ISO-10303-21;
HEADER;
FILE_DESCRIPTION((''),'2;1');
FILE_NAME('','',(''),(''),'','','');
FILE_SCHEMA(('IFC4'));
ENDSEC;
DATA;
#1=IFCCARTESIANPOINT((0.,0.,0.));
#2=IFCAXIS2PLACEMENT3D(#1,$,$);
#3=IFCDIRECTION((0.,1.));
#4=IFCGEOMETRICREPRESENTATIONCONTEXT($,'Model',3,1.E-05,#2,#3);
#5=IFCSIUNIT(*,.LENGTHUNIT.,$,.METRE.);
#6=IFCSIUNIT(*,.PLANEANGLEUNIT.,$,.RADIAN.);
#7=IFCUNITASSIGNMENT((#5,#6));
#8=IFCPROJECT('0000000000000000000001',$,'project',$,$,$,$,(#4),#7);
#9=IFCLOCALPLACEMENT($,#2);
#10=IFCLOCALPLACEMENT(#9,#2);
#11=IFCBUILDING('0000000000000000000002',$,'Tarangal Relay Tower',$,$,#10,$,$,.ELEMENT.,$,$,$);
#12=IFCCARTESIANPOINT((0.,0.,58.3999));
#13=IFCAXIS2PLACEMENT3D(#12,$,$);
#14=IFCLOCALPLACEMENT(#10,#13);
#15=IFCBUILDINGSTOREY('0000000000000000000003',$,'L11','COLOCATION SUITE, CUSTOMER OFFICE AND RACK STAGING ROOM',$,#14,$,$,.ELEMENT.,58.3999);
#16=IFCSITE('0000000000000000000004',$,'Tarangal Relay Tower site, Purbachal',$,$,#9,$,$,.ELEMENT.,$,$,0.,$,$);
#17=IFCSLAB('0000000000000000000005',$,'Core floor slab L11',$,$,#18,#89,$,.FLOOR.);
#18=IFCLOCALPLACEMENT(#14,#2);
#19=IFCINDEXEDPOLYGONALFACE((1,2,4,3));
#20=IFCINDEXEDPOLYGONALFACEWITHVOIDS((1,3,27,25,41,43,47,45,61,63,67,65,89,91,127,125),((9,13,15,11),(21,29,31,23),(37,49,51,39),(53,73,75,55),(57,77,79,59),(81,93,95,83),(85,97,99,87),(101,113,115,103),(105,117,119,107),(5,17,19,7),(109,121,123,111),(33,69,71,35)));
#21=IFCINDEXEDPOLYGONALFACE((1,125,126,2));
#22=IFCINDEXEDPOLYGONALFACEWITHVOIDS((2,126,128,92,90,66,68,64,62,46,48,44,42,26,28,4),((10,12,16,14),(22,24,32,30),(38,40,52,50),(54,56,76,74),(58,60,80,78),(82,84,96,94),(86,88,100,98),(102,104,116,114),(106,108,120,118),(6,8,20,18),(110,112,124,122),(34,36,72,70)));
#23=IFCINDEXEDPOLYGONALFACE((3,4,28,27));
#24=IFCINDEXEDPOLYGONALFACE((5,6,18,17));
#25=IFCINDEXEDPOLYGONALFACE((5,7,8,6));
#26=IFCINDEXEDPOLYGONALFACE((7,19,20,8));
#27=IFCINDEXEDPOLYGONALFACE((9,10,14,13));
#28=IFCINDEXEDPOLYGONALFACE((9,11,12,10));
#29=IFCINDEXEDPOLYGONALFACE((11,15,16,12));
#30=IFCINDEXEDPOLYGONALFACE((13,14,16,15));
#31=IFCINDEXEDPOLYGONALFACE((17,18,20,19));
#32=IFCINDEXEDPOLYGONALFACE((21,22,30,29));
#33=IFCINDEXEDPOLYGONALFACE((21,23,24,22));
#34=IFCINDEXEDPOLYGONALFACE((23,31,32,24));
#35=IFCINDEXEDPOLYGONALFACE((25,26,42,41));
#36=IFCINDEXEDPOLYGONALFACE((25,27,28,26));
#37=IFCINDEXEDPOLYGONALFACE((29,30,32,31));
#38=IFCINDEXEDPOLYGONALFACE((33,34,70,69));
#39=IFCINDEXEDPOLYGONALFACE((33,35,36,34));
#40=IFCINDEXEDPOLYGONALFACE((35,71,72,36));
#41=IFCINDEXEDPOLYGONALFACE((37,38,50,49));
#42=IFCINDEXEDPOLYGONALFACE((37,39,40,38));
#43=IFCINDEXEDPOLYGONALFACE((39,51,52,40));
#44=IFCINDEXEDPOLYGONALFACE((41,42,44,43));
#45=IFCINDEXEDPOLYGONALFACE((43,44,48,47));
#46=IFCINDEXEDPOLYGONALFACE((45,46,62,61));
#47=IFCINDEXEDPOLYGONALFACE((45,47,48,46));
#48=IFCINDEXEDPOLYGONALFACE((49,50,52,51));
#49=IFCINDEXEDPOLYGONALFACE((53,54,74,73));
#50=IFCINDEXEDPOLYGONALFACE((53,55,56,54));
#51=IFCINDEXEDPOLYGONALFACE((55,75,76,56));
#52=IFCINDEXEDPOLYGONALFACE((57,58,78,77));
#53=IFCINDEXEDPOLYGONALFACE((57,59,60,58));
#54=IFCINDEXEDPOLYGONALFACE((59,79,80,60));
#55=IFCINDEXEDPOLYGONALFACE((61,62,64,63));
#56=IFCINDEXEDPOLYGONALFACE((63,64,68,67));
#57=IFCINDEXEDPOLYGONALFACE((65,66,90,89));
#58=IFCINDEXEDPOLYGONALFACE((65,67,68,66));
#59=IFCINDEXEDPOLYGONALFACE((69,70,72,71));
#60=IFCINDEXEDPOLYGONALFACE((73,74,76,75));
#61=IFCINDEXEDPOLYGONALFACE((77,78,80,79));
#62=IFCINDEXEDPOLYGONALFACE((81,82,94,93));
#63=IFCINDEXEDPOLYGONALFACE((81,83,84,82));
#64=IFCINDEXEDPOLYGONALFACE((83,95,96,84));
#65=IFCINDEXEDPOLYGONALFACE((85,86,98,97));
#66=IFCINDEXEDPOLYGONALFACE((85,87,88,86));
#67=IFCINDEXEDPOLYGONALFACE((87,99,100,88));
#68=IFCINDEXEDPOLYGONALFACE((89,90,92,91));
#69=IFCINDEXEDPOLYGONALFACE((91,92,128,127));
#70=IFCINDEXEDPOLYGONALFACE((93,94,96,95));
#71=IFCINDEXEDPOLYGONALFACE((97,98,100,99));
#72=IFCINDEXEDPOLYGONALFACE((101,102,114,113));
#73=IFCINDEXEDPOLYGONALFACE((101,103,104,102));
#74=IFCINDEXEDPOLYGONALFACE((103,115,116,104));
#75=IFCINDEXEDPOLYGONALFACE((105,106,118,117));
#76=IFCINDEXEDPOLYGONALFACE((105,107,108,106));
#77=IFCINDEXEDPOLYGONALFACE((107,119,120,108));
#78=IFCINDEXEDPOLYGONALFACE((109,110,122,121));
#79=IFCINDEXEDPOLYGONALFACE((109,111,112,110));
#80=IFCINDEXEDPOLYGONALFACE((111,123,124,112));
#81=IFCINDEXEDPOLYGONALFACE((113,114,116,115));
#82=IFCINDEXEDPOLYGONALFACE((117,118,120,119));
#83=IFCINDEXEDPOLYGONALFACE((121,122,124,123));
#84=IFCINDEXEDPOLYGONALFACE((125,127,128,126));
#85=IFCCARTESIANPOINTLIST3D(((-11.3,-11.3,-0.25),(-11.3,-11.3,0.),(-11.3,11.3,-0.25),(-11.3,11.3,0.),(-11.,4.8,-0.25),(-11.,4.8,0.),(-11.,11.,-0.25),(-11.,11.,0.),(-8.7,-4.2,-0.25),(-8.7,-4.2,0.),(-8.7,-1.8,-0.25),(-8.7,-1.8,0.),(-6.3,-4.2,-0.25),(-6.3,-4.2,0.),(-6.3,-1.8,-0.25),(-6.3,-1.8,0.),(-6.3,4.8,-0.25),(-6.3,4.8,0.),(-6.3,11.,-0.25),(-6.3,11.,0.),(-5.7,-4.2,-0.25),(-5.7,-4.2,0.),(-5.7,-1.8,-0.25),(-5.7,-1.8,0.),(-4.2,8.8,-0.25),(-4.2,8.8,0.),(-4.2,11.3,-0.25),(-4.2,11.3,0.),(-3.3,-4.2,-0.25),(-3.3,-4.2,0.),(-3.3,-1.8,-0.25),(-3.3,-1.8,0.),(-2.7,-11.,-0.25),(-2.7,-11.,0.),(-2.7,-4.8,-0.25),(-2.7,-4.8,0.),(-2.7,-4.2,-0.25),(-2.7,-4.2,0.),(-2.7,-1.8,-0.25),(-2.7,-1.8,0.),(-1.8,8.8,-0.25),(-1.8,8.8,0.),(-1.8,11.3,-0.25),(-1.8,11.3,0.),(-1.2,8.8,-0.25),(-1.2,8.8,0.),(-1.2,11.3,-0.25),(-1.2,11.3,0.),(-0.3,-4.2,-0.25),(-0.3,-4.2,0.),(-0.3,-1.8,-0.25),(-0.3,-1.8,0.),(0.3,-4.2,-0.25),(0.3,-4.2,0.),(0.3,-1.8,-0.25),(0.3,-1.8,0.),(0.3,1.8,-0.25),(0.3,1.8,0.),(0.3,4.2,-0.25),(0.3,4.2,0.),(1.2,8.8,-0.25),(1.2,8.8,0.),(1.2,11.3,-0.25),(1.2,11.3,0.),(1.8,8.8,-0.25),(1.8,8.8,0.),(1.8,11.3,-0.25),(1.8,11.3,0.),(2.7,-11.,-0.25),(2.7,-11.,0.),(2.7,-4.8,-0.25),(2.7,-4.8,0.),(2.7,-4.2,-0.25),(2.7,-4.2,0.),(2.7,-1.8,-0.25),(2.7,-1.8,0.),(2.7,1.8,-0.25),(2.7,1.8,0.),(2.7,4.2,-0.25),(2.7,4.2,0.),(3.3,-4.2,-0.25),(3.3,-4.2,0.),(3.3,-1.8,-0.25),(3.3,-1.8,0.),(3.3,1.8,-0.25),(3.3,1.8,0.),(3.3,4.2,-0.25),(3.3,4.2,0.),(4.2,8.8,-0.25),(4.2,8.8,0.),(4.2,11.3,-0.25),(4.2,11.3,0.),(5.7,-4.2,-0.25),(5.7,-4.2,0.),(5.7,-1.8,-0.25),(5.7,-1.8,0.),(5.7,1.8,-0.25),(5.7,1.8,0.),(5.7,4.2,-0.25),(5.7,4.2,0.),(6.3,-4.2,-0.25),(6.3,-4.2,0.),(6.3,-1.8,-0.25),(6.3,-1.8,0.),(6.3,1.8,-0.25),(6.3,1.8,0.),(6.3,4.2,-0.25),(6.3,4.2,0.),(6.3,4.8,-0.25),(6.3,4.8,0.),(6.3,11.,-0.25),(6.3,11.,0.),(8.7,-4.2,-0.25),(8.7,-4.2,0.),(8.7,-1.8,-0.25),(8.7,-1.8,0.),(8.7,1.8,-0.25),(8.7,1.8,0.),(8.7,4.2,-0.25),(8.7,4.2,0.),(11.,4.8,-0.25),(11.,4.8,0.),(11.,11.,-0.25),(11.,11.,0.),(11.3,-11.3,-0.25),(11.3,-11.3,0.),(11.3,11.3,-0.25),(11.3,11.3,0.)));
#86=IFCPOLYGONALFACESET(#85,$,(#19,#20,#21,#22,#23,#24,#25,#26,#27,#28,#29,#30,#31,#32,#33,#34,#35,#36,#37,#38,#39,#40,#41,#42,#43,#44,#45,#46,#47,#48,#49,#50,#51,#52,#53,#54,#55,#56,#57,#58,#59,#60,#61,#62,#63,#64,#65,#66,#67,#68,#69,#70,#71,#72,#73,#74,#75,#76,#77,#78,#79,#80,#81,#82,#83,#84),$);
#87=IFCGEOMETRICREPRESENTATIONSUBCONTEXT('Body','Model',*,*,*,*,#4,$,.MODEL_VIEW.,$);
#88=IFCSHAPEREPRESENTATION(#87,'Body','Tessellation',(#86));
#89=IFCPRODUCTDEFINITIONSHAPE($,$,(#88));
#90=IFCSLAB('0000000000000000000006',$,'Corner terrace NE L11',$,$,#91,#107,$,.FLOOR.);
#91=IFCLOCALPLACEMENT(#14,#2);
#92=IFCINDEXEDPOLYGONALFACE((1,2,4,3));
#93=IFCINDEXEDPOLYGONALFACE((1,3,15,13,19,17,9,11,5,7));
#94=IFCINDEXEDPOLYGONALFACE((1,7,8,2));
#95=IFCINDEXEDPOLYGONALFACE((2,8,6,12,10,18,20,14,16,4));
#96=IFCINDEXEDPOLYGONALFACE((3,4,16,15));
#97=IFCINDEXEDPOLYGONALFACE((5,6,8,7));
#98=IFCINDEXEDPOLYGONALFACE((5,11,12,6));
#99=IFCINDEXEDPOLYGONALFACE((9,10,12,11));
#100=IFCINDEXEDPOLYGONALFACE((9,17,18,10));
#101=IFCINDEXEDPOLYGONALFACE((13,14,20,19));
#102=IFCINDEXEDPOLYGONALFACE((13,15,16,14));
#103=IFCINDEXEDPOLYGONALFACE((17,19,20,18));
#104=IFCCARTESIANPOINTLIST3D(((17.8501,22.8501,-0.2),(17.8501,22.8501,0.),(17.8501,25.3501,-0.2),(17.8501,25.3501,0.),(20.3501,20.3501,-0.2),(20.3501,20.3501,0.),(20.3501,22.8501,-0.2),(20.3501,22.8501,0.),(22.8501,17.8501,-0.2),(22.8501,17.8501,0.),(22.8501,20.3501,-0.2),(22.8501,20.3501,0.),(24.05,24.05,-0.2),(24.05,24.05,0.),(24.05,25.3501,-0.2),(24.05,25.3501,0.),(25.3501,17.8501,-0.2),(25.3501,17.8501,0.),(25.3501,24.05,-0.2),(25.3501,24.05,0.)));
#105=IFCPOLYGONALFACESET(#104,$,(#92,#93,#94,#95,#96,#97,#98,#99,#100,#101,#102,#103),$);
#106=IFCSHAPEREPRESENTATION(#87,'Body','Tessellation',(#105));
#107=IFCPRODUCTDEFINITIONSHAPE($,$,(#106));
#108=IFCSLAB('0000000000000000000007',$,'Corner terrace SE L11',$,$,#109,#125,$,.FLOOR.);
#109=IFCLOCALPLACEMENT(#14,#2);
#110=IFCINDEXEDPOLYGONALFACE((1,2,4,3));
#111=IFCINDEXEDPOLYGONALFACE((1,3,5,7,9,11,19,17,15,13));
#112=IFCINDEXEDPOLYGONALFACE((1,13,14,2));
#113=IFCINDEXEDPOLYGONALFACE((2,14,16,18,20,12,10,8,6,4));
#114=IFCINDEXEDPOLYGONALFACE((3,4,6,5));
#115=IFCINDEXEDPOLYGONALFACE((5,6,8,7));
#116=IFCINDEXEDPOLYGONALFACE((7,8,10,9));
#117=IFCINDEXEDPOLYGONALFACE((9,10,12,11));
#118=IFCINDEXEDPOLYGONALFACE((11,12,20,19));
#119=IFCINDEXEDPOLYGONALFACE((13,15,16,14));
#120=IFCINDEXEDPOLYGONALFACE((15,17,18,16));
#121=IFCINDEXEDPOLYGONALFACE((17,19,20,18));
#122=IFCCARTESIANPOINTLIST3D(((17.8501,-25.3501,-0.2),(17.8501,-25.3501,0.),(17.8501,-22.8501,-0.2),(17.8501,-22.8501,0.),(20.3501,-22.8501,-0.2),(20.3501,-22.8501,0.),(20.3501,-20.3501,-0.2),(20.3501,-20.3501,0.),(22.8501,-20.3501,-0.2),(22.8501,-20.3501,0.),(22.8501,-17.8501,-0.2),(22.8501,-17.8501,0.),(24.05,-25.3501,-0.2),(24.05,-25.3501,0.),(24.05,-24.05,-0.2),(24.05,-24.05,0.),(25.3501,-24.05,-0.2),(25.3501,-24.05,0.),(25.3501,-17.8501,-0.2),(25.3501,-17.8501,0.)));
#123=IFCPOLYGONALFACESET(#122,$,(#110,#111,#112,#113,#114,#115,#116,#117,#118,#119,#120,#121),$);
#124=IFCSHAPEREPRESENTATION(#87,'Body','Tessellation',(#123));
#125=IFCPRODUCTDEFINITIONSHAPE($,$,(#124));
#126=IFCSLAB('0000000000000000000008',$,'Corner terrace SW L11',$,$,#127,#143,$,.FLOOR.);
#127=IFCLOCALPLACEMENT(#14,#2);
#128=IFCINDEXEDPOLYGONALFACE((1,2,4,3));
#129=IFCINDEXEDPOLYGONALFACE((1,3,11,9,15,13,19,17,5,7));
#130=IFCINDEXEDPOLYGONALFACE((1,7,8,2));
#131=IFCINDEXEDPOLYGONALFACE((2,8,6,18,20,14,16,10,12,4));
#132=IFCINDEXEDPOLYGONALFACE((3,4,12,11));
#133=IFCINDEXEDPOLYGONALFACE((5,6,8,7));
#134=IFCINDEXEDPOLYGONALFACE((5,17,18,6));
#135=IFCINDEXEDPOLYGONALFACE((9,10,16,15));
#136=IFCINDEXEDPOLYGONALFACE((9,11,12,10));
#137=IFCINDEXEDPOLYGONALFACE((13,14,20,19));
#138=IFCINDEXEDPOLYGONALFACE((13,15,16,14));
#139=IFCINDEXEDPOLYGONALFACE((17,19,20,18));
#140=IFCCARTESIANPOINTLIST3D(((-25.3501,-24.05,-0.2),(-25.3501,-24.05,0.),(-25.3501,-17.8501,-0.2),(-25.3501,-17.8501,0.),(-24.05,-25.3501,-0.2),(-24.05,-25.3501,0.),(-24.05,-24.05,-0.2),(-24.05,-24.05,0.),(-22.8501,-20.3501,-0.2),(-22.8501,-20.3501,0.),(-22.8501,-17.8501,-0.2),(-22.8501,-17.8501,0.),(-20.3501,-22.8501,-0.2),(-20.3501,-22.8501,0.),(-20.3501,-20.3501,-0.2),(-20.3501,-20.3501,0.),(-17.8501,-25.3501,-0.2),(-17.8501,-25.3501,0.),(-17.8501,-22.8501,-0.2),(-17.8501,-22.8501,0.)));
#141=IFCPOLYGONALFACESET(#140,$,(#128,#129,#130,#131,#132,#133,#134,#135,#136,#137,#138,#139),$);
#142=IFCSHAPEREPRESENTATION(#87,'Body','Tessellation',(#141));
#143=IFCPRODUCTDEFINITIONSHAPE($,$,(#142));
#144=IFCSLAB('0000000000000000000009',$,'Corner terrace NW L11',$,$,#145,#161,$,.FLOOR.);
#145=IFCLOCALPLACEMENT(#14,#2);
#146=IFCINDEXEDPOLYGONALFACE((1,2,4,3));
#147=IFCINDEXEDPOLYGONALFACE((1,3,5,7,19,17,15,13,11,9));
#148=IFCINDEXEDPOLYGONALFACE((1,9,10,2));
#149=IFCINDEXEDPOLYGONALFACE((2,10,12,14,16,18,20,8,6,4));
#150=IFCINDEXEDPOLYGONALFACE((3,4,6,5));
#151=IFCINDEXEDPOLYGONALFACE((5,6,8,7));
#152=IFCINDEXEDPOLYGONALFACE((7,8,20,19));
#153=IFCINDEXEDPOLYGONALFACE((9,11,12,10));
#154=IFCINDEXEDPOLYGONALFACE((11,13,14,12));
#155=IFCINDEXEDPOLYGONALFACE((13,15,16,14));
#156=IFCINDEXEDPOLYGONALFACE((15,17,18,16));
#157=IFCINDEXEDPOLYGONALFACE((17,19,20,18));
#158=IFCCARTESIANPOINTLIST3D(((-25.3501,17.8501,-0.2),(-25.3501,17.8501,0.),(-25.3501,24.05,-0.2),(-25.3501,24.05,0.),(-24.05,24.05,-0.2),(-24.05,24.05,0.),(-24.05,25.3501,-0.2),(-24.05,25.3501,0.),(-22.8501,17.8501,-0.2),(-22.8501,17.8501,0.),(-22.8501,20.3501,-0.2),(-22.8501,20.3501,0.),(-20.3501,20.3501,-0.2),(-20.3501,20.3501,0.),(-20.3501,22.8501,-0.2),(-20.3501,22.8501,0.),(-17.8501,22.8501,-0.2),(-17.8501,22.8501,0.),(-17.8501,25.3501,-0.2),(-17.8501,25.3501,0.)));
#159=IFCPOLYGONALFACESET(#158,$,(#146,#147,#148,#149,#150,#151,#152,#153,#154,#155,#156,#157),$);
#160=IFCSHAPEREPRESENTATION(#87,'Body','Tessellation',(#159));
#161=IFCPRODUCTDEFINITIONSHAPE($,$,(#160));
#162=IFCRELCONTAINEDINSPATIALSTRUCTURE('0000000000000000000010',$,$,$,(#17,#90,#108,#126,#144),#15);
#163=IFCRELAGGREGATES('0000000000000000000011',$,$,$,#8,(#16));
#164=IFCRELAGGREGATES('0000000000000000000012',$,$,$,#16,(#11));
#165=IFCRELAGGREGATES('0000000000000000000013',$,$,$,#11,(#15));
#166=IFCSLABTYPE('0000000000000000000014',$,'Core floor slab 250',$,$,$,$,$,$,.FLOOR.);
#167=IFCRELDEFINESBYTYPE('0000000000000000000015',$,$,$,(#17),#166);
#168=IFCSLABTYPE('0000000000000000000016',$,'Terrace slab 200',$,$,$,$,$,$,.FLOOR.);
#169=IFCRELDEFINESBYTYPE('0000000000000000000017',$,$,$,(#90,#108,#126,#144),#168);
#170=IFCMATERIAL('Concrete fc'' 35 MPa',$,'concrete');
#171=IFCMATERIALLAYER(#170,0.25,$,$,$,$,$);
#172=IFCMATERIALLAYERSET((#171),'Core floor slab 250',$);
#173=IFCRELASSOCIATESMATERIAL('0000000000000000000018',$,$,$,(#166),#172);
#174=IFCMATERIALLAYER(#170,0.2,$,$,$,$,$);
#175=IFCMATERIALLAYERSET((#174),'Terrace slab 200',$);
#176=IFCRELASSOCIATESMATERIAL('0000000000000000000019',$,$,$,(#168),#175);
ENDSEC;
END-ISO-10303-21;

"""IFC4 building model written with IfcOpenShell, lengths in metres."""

from ifc_helpers import new_model, si_unit, direction, frame, origin, place, context, subcontext, project, spatial, polyline, outline, extrude, material, layer, layer_set, type_object, element, save


model = new_model("IFC4")

# Units and contexts
model_context = context("Model", 3, precision=1e-05, world=origin(), true_north=direction((0.0, 1.0)))
body_context = subcontext(model_context, "Body", "Model", "MODEL_VIEW")
ifc_project = project(units=[si_unit("LENGTHUNIT", "METRE"), si_unit("PLANEANGLEUNIT", "RADIAN")], contexts=[model_context])

# Site, building, storey
site_placement = place(None, origin())
site = spatial("IfcSite", under=ifc_project, at=site_placement, Name="Tarangal Relay Tower site, Purbachal", CompositionType="ELEMENT", RefElevation=0.0)
building_placement = place(site_placement, origin())
building = spatial("IfcBuilding", under=site, at=building_placement, Name="Tarangal Relay Tower", CompositionType="ELEMENT")
storey_placement = place(building_placement, frame((0.0, 0.0, 58.3999)))
storey = spatial("IfcBuildingStorey", under=building, at=storey_placement, Name="L11", Description="COLOCATION SUITE, CUSTOMER OFFICE AND RACK STAGING ROOM", CompositionType="ELEMENT", Elevation=58.3999)

# Slabs
ifc_material_1 = material(Name="Concrete fc' 35 MPa", Category="concrete")
ifc_layer_1 = layer(ifc_material_1, 0.25)
ifc_layer_set_1 = layer_set([ifc_layer_1], Name="Core floor slab 250")
slab_type_1 = type_object("IfcSlabType", Name="Core floor slab 250", PredefinedType="FLOOR", material=ifc_layer_set_1)
slab_1_placement = place(storey_placement, frame((0.0, 0.0, -0.25)))
element("IfcSlab", 1, at=slab_1_placement, inside=storey, type_object=slab_type_1, Name="Core floor slab L11", PredefinedType="FLOOR", context=body_context, shape_type="SweptSolid", body=[
    extrude(outline(polyline([(11.3, 11.3), (11.3, -11.3), (-11.3, -11.3), (-11.3, 11.3), (-4.2, 11.3), (-4.2, 8.8), (-1.8, 8.8), (-1.8, 11.3), (-1.2, 11.3), (-1.2, 8.8), (1.2, 8.8), (1.2, 11.3), (1.8, 11.3), (1.8, 8.8), (4.2, 8.8), (4.2, 11.3), (11.3, 11.3)]), holes=[polyline([(2.7, -4.8), (-2.7, -4.8), (-2.7, -11.0), (2.7, -11.0), (2.7, -4.8)]), polyline([(-6.3, -4.2), (-6.3, -1.8), (-8.7, -1.8), (-8.7, -4.2), (-6.3, -4.2)]), polyline([(-3.3, -4.2), (-3.3, -1.8), (-5.7, -1.8), (-5.7, -4.2), (-3.3, -4.2)]), polyline([(-0.3, -4.2), (-0.3, -1.8), (-2.7, -1.8), (-2.7, -4.2), (-0.3, -4.2)]), polyline([(2.7, 1.8), (2.7, 4.2), (0.3, 4.2), (0.3, 1.8), (2.7, 1.8)]), polyline([(-6.3, 4.8), (-6.3, 11.0), (-11.0, 11.0), (-11.0, 4.8), (-6.3, 4.8)]), polyline([(2.7, -4.2), (2.7, -1.8), (0.3, -1.8), (0.3, -4.2), (2.7, -4.2)]), polyline([(5.7, -4.2), (5.7, -1.8), (3.3, -1.8), (3.3, -4.2), (5.7, -4.2)]), polyline([(8.7, -4.2), (8.7, -1.8), (6.3, -1.8), (6.3, -4.2), (8.7, -4.2)]), polyline([(5.7, 1.8), (5.7, 4.2), (3.3, 4.2), (3.3, 1.8), (5.7, 1.8)]), polyline([(8.7, 1.8), (8.7, 4.2), (6.3, 4.2), (6.3, 1.8), (8.7, 1.8)]), polyline([(11.0, 4.8), (11.0, 11.0), (6.3, 11.0), (6.3, 4.8), (11.0, 4.8)])]), origin(), (0.0, 0.0, 1.0), 0.25),
])
ifc_layer_2 = layer(ifc_material_1, 0.2)
ifc_layer_set_2 = layer_set([ifc_layer_2], Name="Terrace slab 200")
slab_type_2 = type_object("IfcSlabType", Name="Terrace slab 200", PredefinedType="FLOOR", material=ifc_layer_set_2)
slab_2_placement = place(storey_placement, frame((0.0, 0.0, -0.2)))
element("IfcSlab", 2, at=slab_2_placement, inside=storey, type_object=slab_type_2, Name="Corner terrace NE L11", PredefinedType="FLOOR", context=body_context, shape_type="SweptSolid", body=[
    extrude(outline(polyline([(17.8501, 25.3501), (17.8501, 22.8501), (20.3501, 22.8501), (20.3501, 20.3501), (22.8501, 20.3501), (22.8501, 17.8501), (25.3501, 17.8501), (25.3501, 24.05), (24.05, 24.05), (24.05, 25.3501), (17.8501, 25.3501)])), origin(), (0.0, 0.0, 1.0), 0.2),
])
slab_3_placement = place(storey_placement, frame((0.0, 0.0, -0.2)))
element("IfcSlab", 3, at=slab_3_placement, inside=storey, type_object=slab_type_2, Name="Corner terrace SE L11", PredefinedType="FLOOR", context=body_context, shape_type="SweptSolid", body=[
    extrude(outline(polyline([(25.3501, -17.8501), (22.8501, -17.8501), (22.8501, -20.3501), (20.3501, -20.3501), (20.3501, -22.8501), (17.8501, -22.8501), (17.8501, -25.3501), (24.05, -25.3501), (24.05, -24.05), (25.3501, -24.05), (25.3501, -17.8501)])), origin(), (0.0, 0.0, 1.0), 0.2),
])
slab_4_placement = place(storey_placement, frame((0.0, 0.0, -0.2)))
element("IfcSlab", 4, at=slab_4_placement, inside=storey, type_object=slab_type_2, Name="Corner terrace SW L11", PredefinedType="FLOOR", context=body_context, shape_type="SweptSolid", body=[
    extrude(outline(polyline([(-17.8501, -25.3501), (-17.8501, -22.8501), (-20.3501, -22.8501), (-20.3501, -20.3501), (-22.8501, -20.3501), (-22.8501, -17.8501), (-25.3501, -17.8501), (-25.3501, -24.05), (-24.05, -24.05), (-24.05, -25.3501), (-17.8501, -25.3501)])), origin(), (0.0, 0.0, 1.0), 0.2),
])
slab_5_placement = place(storey_placement, frame((0.0, 0.0, -0.2)))
element("IfcSlab", 5, at=slab_5_placement, inside=storey, type_object=slab_type_2, Name="Corner terrace NW L11", PredefinedType="FLOOR", context=body_context, shape_type="SweptSolid", body=[
    extrude(outline(polyline([(-25.3501, 17.8501), (-22.8501, 17.8501), (-22.8501, 20.3501), (-20.3501, 20.3501), (-20.3501, 22.8501), (-17.8501, 22.8501), (-17.8501, 25.3501), (-24.05, 25.3501), (-24.05, 24.05), (-25.3501, 24.05), (-25.3501, 17.8501)])), origin(), (0.0, 0.0, 1.0), 0.2),
])

save(model, "model.ifc")
